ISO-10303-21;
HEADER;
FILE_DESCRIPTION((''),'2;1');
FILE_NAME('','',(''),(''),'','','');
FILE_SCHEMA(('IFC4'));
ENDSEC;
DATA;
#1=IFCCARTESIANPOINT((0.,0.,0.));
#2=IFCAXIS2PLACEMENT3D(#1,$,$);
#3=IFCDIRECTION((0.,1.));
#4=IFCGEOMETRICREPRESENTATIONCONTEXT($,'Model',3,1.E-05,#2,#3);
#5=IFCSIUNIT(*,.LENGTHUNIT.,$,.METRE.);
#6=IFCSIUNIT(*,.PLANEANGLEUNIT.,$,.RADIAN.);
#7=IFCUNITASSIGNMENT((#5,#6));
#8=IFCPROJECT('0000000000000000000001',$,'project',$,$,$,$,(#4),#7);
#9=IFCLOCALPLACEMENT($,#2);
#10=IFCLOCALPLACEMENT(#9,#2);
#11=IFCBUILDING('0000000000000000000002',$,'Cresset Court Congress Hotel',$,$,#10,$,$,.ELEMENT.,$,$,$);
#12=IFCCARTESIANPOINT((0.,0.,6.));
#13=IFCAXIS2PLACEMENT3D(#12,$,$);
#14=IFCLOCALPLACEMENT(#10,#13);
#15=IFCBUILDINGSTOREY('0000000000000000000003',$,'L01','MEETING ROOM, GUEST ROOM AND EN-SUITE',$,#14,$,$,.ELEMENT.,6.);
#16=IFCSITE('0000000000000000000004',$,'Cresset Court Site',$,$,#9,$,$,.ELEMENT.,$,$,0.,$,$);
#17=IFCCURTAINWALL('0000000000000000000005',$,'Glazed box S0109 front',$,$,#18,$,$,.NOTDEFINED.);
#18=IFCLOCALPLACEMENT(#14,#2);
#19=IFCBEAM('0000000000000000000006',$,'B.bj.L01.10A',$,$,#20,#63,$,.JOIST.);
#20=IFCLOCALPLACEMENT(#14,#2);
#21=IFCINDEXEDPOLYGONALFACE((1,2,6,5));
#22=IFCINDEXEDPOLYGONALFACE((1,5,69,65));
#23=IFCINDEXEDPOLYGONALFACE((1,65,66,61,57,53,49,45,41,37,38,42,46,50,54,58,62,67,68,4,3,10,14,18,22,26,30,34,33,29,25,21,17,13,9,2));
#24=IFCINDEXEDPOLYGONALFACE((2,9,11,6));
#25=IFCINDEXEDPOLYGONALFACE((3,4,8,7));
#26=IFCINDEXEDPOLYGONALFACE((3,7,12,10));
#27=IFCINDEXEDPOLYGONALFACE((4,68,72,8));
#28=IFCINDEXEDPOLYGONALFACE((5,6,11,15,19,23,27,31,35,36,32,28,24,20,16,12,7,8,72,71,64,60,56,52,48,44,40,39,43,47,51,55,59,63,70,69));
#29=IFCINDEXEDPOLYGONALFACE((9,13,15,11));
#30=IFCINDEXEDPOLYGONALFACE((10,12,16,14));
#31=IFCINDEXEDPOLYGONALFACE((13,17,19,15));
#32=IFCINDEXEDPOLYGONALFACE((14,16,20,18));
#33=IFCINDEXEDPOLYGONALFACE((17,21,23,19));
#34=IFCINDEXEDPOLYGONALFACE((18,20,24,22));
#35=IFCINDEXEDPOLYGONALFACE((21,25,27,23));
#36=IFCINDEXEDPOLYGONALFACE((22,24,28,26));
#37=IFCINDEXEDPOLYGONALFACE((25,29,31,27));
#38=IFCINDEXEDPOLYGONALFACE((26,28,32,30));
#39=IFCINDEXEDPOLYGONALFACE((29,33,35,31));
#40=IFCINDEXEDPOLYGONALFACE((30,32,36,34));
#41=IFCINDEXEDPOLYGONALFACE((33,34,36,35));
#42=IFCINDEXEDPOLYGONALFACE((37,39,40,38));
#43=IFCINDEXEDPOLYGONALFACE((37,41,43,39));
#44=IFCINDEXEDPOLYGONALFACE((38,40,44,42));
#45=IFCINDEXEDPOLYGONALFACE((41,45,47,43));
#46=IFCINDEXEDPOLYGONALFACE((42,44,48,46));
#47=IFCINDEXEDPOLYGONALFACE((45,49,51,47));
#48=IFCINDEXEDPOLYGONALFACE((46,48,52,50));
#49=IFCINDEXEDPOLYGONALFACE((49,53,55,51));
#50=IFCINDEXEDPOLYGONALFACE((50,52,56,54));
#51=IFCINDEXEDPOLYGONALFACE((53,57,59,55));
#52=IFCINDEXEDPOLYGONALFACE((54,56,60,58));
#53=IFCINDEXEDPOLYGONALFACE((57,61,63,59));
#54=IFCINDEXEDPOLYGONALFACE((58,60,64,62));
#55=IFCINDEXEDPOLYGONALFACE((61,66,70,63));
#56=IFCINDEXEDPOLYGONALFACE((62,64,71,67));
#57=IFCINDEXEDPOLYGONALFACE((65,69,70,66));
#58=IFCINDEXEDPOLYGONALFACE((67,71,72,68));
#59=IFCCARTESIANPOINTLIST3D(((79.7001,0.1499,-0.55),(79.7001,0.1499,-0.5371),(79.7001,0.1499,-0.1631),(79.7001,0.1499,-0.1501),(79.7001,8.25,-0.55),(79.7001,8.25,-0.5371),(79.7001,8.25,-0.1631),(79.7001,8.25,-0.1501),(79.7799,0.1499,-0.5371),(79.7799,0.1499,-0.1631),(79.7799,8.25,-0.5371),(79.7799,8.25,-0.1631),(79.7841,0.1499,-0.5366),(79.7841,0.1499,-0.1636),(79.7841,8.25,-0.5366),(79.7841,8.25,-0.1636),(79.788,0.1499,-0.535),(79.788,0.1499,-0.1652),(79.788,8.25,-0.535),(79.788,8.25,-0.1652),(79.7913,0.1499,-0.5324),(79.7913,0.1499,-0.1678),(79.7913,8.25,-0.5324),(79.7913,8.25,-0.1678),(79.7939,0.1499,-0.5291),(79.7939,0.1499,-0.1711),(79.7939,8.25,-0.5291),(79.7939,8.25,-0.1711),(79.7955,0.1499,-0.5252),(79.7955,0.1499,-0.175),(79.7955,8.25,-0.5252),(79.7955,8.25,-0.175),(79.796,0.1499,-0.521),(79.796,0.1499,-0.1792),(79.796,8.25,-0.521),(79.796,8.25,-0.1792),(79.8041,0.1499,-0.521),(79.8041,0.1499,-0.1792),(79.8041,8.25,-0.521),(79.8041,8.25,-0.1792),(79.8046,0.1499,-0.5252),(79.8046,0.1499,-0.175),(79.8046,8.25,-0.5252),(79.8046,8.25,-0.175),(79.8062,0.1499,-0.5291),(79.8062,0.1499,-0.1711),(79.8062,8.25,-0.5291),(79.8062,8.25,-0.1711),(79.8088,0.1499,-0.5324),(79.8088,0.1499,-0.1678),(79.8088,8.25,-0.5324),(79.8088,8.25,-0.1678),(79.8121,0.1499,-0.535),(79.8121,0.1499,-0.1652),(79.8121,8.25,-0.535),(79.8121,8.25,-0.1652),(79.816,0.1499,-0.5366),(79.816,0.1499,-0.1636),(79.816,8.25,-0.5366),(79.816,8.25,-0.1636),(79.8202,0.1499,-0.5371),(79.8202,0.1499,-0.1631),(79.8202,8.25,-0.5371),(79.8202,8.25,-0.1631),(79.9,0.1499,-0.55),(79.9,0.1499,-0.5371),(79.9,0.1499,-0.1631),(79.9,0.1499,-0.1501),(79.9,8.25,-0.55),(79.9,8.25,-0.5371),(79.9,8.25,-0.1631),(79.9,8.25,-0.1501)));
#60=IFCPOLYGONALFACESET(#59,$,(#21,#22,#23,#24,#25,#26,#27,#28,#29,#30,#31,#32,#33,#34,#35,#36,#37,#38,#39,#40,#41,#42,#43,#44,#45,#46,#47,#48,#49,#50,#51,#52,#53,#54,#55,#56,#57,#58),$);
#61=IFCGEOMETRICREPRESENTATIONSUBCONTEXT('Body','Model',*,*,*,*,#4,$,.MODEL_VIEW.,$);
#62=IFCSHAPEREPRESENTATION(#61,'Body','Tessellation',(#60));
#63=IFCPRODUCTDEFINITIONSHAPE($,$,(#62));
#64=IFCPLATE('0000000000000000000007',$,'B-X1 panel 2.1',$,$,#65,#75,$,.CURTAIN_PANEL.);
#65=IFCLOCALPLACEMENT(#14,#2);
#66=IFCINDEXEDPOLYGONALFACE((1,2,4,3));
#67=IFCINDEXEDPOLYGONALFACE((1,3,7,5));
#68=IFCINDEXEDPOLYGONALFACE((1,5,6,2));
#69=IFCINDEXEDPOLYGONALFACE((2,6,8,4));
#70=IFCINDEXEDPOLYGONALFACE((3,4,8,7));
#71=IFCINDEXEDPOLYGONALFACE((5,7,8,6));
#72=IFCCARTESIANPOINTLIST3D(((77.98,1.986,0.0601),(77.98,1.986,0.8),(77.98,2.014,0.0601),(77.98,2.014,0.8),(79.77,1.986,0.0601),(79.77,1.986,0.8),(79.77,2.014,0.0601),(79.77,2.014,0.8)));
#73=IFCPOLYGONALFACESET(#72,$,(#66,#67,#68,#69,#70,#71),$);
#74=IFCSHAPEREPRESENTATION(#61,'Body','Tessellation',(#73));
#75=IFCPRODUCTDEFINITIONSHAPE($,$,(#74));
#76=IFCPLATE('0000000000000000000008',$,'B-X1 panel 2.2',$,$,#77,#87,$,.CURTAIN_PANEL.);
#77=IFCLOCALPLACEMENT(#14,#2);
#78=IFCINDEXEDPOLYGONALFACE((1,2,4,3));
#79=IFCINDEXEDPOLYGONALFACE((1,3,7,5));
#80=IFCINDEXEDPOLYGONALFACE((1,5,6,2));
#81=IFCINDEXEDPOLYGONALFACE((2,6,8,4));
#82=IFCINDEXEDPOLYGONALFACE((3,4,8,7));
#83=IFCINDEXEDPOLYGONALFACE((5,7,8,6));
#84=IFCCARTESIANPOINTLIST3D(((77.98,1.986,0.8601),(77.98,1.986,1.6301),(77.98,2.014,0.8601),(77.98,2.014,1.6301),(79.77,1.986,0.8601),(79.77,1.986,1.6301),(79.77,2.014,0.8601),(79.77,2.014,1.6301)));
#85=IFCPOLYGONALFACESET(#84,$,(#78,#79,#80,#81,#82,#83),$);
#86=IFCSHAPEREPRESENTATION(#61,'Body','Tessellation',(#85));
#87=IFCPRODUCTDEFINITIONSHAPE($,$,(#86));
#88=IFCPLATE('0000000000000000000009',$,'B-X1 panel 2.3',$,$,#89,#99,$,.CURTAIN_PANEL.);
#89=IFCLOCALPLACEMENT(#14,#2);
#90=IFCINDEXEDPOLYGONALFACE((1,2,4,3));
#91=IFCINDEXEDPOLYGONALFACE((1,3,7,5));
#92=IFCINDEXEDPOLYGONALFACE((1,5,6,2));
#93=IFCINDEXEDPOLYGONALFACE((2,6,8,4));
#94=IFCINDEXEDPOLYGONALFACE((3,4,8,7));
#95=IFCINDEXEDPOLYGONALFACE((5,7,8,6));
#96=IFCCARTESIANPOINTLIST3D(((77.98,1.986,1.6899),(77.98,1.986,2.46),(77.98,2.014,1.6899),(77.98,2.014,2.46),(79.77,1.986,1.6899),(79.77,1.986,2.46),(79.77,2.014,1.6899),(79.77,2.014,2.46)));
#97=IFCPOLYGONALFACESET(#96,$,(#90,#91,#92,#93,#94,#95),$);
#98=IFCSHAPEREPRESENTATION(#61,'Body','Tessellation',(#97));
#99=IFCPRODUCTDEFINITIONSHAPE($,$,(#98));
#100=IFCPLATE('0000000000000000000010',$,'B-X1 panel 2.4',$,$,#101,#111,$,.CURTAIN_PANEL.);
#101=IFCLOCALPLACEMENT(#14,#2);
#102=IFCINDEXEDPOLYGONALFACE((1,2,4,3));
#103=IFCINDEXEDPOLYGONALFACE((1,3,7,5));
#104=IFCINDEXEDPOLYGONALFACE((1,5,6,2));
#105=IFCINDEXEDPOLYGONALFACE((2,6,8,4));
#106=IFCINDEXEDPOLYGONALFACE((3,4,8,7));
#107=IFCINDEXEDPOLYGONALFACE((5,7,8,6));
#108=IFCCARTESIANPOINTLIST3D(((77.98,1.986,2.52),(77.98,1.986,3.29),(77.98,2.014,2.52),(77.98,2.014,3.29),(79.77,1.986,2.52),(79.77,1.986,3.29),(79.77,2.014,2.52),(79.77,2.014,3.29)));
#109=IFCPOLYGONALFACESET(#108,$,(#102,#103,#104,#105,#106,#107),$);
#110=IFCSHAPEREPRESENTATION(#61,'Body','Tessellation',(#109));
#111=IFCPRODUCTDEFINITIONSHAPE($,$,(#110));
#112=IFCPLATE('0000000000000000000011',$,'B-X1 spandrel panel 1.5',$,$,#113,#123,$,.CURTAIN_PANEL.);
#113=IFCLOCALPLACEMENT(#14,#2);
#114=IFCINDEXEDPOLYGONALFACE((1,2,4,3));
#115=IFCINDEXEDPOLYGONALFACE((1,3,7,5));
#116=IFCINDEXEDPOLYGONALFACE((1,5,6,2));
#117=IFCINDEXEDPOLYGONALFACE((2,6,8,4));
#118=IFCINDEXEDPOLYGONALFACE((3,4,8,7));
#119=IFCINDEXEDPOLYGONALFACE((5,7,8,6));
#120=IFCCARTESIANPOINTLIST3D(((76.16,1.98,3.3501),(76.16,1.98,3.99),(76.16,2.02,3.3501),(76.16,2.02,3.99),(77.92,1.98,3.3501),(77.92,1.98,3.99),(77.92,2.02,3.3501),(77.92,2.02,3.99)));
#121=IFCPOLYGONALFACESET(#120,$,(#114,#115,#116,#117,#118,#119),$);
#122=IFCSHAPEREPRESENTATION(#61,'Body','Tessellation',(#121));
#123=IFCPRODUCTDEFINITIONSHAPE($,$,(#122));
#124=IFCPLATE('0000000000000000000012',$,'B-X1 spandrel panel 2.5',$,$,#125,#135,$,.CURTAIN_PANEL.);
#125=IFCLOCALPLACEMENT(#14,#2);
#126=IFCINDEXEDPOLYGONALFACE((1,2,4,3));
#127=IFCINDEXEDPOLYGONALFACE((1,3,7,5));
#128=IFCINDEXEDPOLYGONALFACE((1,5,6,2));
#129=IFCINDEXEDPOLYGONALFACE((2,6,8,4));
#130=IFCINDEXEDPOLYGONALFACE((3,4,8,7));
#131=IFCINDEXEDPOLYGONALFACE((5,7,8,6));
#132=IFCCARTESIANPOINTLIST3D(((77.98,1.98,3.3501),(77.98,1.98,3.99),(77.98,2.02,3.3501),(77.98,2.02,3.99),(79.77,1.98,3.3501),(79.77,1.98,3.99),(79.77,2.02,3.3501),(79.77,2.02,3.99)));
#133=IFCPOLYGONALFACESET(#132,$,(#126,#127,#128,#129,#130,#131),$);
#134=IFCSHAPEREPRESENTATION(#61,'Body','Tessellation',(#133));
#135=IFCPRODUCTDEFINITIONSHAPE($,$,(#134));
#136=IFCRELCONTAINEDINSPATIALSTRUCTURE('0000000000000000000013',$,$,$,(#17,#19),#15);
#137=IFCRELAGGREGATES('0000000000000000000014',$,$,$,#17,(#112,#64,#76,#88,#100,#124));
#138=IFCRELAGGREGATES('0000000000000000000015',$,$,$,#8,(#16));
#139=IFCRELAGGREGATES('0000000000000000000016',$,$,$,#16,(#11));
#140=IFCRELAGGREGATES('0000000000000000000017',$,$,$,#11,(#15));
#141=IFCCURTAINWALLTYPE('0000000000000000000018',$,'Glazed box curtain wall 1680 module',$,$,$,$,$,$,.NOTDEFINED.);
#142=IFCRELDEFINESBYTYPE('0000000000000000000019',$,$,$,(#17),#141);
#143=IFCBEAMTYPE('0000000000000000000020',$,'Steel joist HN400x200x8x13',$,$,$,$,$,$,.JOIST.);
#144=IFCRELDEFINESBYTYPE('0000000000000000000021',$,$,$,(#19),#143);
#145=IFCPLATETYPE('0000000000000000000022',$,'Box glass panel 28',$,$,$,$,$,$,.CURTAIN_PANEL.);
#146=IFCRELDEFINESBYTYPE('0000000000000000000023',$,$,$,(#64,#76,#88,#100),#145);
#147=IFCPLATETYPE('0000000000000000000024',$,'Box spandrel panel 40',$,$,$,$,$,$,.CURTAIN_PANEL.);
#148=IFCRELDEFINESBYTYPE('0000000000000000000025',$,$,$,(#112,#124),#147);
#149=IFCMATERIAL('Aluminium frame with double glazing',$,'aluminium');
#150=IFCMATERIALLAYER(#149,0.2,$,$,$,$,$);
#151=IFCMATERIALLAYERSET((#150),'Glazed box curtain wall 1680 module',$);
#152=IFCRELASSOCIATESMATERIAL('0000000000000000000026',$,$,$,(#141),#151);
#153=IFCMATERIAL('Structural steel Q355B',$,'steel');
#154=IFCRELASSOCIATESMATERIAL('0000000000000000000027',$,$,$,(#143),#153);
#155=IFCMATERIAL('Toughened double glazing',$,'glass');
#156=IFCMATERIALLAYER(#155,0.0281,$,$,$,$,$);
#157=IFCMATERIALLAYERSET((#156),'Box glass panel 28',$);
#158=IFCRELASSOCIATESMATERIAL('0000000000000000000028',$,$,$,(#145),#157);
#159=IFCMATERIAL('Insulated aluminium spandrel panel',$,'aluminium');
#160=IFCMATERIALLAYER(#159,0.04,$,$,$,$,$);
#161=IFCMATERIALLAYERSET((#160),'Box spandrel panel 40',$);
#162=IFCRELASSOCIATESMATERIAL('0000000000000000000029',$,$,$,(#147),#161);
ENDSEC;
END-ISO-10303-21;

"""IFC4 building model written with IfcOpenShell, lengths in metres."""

from ifc_helpers import new_model, si_unit, direction, frame, origin, origin_2d, place, context, subcontext, project, spatial, rectangle, i_section, extrude, material, layer, layer_set, material_profile, profile_set, type_object, element, aggregate, save


model = new_model("IFC4")

# Units and contexts
model_context = context("Model", 3, precision=1e-05, world=origin(), true_north=direction((0.0, 1.0)))
body_context = subcontext(model_context, "Body", "Model", "MODEL_VIEW")
ifc_project = project(units=[si_unit("LENGTHUNIT", "METRE"), si_unit("PLANEANGLEUNIT", "RADIAN")], contexts=[model_context])

# Site, building, storey
site_placement = place(None, origin())
site = spatial("IfcSite", under=ifc_project, at=site_placement, Name="Cresset Court Site", CompositionType="ELEMENT", RefElevation=0.0)
building_placement = place(site_placement, origin())
building = spatial("IfcBuilding", under=site, at=building_placement, Name="Cresset Court Congress Hotel", CompositionType="ELEMENT")
storey_placement = place(building_placement, frame((0.0, 0.0, 6.0)))
storey = spatial("IfcBuildingStorey", under=building, at=storey_placement, Name="L01", Description="MEETING ROOM, GUEST ROOM AND EN-SUITE", CompositionType="ELEMENT", Elevation=6.0)

# Curtain wall
ifc_material_1 = material(Name="Aluminium frame with double glazing", Category="aluminium")
ifc_layer_1 = layer(ifc_material_1, 0.2)
ifc_layer_set_1 = layer_set([ifc_layer_1], Name="Glazed box curtain wall 1680 module")
curtain_wall_type = type_object("IfcCurtainWallType", Name="Glazed box curtain wall 1680 module", PredefinedType="NOTDEFINED", material=ifc_layer_set_1)
curtain_wall_1_placement = place(storey_placement, origin())
curtain_wall_1 = element("IfcCurtainWall", 1, at=curtain_wall_1_placement, inside=storey, type_object=curtain_wall_type, Name="Glazed box S0109 front", PredefinedType="NOTDEFINED")

# Beam
ifc_material_2 = material(Name="Structural steel Q355B", Category="steel")
ifc_material_profile_1 = material_profile(ifc_material_2, i_section(OverallWidth=0.2, OverallDepth=0.3999, WebThickness=0.0081, FlangeThickness=0.0129, FilletRadius=0.0161, at=origin_2d()), Name="HN400x200x8x13")
ifc_profile_set_1 = profile_set([ifc_material_profile_1], Name="Structural steel Q355B")
beam_type = type_object("IfcBeamType", Name="Steel joist HN400x200x8x13", PredefinedType="JOIST", material=ifc_profile_set_1)
beam_placement = place(storey_placement, frame((79.8, 0.1499, -0.3501), z_axis=(0.0, 1.0, 0.0), x_axis=(-1.0, 0.0, 0.0)))
element("IfcBeam", 2, at=beam_placement, inside=storey, type_object=beam_type, Name="B.bj.L01.10A", PredefinedType="JOIST", context=body_context, shape_type="SweptSolid", body=[
    extrude(i_section(OverallWidth=0.2, OverallDepth=0.3999, WebThickness=0.0081, FlangeThickness=0.0129, FilletRadius=0.0161, at=origin_2d()), origin(), (0.0, 0.0, 1.0), 8.1001),
])

# Plates
ifc_material_3 = material(Name="Toughened double glazing", Category="glass")
ifc_layer_2 = layer(ifc_material_3, 0.0281)
ifc_layer_set_2 = layer_set([ifc_layer_2], Name="Box glass panel 28")
plate_type_1 = type_object("IfcPlateType", Name="Box glass panel 28", PredefinedType="CURTAIN_PANEL", material=ifc_layer_set_2)
plate_1_placement = place(storey_placement, frame((78.875, 2.0, 0.0601), z_axis=(0.0, 0.0, 1.0), x_axis=(1.0, 0.0, 0.0)))
plate_1 = element("IfcPlate", 3, at=plate_1_placement, type_object=plate_type_1, Name="B-X1 panel 2.1", PredefinedType="CURTAIN_PANEL", context=body_context, shape_type="SweptSolid", body=[
    extrude(rectangle(XDim=1.79, YDim=0.0281, at=origin_2d()), origin(), (0.0, 0.0, 1.0), 0.74),
])
plate_2_placement = place(storey_placement, frame((78.875, 2.0, 0.8601), z_axis=(0.0, 0.0, 1.0), x_axis=(1.0, 0.0, 0.0)))
plate_2 = element("IfcPlate", 4, at=plate_2_placement, type_object=plate_type_1, Name="B-X1 panel 2.2", PredefinedType="CURTAIN_PANEL", context=body_context, shape_type="SweptSolid", body=[
    extrude(rectangle(XDim=1.79, YDim=0.0281, at=origin_2d()), origin(), (0.0, 0.0, 1.0), 0.77),
])
plate_3_placement = place(storey_placement, frame((78.875, 2.0, 1.6899), z_axis=(0.0, 0.0, 1.0), x_axis=(1.0, 0.0, 0.0)))
plate_3 = element("IfcPlate", 5, at=plate_3_placement, type_object=plate_type_1, Name="B-X1 panel 2.3", PredefinedType="CURTAIN_PANEL", context=body_context, shape_type="SweptSolid", body=[
    extrude(rectangle(XDim=1.79, YDim=0.0281, at=origin_2d()), origin(), (0.0, 0.0, 1.0), 0.77),
])
plate_4_placement = place(storey_placement, frame((78.875, 2.0, 2.52), z_axis=(0.0, 0.0, 1.0), x_axis=(1.0, 0.0, 0.0)))
plate_4 = element("IfcPlate", 6, at=plate_4_placement, type_object=plate_type_1, Name="B-X1 panel 2.4", PredefinedType="CURTAIN_PANEL", context=body_context, shape_type="SweptSolid", body=[
    extrude(rectangle(XDim=1.79, YDim=0.0281, at=origin_2d()), origin(), (0.0, 0.0, 1.0), 0.77),
])
ifc_material_4 = material(Name="Insulated aluminium spandrel panel", Category="aluminium")
ifc_layer_3 = layer(ifc_material_4, 0.04)
ifc_layer_set_3 = layer_set([ifc_layer_3], Name="Box spandrel panel 40")
plate_type_2 = type_object("IfcPlateType", Name="Box spandrel panel 40", PredefinedType="CURTAIN_PANEL", material=ifc_layer_set_3)
plate_5_placement = place(storey_placement, frame((77.04, 2.0, 3.3501), z_axis=(0.0, 0.0, 1.0), x_axis=(1.0, 0.0, 0.0)))
plate_5 = element("IfcPlate", 7, at=plate_5_placement, type_object=plate_type_2, Name="B-X1 spandrel panel 1.5", PredefinedType="CURTAIN_PANEL", context=body_context, shape_type="SweptSolid", body=[
    extrude(rectangle(XDim=1.76, YDim=0.04, at=origin_2d()), origin(), (0.0, 0.0, 1.0), 0.6399),
])
plate_6_placement = place(storey_placement, frame((78.875, 2.0, 3.3501), z_axis=(0.0, 0.0, 1.0), x_axis=(1.0, 0.0, 0.0)))
plate_6 = element("IfcPlate", 8, at=plate_6_placement, type_object=plate_type_2, Name="B-X1 spandrel panel 2.5", PredefinedType="CURTAIN_PANEL", context=body_context, shape_type="SweptSolid", body=[
    extrude(rectangle(XDim=1.79, YDim=0.04, at=origin_2d()), origin(), (0.0, 0.0, 1.0), 0.6399),
])
aggregate(curtain_wall_1, [plate_5, plate_1, plate_2, plate_3, plate_4, plate_6])

save(model, "model.ifc")
